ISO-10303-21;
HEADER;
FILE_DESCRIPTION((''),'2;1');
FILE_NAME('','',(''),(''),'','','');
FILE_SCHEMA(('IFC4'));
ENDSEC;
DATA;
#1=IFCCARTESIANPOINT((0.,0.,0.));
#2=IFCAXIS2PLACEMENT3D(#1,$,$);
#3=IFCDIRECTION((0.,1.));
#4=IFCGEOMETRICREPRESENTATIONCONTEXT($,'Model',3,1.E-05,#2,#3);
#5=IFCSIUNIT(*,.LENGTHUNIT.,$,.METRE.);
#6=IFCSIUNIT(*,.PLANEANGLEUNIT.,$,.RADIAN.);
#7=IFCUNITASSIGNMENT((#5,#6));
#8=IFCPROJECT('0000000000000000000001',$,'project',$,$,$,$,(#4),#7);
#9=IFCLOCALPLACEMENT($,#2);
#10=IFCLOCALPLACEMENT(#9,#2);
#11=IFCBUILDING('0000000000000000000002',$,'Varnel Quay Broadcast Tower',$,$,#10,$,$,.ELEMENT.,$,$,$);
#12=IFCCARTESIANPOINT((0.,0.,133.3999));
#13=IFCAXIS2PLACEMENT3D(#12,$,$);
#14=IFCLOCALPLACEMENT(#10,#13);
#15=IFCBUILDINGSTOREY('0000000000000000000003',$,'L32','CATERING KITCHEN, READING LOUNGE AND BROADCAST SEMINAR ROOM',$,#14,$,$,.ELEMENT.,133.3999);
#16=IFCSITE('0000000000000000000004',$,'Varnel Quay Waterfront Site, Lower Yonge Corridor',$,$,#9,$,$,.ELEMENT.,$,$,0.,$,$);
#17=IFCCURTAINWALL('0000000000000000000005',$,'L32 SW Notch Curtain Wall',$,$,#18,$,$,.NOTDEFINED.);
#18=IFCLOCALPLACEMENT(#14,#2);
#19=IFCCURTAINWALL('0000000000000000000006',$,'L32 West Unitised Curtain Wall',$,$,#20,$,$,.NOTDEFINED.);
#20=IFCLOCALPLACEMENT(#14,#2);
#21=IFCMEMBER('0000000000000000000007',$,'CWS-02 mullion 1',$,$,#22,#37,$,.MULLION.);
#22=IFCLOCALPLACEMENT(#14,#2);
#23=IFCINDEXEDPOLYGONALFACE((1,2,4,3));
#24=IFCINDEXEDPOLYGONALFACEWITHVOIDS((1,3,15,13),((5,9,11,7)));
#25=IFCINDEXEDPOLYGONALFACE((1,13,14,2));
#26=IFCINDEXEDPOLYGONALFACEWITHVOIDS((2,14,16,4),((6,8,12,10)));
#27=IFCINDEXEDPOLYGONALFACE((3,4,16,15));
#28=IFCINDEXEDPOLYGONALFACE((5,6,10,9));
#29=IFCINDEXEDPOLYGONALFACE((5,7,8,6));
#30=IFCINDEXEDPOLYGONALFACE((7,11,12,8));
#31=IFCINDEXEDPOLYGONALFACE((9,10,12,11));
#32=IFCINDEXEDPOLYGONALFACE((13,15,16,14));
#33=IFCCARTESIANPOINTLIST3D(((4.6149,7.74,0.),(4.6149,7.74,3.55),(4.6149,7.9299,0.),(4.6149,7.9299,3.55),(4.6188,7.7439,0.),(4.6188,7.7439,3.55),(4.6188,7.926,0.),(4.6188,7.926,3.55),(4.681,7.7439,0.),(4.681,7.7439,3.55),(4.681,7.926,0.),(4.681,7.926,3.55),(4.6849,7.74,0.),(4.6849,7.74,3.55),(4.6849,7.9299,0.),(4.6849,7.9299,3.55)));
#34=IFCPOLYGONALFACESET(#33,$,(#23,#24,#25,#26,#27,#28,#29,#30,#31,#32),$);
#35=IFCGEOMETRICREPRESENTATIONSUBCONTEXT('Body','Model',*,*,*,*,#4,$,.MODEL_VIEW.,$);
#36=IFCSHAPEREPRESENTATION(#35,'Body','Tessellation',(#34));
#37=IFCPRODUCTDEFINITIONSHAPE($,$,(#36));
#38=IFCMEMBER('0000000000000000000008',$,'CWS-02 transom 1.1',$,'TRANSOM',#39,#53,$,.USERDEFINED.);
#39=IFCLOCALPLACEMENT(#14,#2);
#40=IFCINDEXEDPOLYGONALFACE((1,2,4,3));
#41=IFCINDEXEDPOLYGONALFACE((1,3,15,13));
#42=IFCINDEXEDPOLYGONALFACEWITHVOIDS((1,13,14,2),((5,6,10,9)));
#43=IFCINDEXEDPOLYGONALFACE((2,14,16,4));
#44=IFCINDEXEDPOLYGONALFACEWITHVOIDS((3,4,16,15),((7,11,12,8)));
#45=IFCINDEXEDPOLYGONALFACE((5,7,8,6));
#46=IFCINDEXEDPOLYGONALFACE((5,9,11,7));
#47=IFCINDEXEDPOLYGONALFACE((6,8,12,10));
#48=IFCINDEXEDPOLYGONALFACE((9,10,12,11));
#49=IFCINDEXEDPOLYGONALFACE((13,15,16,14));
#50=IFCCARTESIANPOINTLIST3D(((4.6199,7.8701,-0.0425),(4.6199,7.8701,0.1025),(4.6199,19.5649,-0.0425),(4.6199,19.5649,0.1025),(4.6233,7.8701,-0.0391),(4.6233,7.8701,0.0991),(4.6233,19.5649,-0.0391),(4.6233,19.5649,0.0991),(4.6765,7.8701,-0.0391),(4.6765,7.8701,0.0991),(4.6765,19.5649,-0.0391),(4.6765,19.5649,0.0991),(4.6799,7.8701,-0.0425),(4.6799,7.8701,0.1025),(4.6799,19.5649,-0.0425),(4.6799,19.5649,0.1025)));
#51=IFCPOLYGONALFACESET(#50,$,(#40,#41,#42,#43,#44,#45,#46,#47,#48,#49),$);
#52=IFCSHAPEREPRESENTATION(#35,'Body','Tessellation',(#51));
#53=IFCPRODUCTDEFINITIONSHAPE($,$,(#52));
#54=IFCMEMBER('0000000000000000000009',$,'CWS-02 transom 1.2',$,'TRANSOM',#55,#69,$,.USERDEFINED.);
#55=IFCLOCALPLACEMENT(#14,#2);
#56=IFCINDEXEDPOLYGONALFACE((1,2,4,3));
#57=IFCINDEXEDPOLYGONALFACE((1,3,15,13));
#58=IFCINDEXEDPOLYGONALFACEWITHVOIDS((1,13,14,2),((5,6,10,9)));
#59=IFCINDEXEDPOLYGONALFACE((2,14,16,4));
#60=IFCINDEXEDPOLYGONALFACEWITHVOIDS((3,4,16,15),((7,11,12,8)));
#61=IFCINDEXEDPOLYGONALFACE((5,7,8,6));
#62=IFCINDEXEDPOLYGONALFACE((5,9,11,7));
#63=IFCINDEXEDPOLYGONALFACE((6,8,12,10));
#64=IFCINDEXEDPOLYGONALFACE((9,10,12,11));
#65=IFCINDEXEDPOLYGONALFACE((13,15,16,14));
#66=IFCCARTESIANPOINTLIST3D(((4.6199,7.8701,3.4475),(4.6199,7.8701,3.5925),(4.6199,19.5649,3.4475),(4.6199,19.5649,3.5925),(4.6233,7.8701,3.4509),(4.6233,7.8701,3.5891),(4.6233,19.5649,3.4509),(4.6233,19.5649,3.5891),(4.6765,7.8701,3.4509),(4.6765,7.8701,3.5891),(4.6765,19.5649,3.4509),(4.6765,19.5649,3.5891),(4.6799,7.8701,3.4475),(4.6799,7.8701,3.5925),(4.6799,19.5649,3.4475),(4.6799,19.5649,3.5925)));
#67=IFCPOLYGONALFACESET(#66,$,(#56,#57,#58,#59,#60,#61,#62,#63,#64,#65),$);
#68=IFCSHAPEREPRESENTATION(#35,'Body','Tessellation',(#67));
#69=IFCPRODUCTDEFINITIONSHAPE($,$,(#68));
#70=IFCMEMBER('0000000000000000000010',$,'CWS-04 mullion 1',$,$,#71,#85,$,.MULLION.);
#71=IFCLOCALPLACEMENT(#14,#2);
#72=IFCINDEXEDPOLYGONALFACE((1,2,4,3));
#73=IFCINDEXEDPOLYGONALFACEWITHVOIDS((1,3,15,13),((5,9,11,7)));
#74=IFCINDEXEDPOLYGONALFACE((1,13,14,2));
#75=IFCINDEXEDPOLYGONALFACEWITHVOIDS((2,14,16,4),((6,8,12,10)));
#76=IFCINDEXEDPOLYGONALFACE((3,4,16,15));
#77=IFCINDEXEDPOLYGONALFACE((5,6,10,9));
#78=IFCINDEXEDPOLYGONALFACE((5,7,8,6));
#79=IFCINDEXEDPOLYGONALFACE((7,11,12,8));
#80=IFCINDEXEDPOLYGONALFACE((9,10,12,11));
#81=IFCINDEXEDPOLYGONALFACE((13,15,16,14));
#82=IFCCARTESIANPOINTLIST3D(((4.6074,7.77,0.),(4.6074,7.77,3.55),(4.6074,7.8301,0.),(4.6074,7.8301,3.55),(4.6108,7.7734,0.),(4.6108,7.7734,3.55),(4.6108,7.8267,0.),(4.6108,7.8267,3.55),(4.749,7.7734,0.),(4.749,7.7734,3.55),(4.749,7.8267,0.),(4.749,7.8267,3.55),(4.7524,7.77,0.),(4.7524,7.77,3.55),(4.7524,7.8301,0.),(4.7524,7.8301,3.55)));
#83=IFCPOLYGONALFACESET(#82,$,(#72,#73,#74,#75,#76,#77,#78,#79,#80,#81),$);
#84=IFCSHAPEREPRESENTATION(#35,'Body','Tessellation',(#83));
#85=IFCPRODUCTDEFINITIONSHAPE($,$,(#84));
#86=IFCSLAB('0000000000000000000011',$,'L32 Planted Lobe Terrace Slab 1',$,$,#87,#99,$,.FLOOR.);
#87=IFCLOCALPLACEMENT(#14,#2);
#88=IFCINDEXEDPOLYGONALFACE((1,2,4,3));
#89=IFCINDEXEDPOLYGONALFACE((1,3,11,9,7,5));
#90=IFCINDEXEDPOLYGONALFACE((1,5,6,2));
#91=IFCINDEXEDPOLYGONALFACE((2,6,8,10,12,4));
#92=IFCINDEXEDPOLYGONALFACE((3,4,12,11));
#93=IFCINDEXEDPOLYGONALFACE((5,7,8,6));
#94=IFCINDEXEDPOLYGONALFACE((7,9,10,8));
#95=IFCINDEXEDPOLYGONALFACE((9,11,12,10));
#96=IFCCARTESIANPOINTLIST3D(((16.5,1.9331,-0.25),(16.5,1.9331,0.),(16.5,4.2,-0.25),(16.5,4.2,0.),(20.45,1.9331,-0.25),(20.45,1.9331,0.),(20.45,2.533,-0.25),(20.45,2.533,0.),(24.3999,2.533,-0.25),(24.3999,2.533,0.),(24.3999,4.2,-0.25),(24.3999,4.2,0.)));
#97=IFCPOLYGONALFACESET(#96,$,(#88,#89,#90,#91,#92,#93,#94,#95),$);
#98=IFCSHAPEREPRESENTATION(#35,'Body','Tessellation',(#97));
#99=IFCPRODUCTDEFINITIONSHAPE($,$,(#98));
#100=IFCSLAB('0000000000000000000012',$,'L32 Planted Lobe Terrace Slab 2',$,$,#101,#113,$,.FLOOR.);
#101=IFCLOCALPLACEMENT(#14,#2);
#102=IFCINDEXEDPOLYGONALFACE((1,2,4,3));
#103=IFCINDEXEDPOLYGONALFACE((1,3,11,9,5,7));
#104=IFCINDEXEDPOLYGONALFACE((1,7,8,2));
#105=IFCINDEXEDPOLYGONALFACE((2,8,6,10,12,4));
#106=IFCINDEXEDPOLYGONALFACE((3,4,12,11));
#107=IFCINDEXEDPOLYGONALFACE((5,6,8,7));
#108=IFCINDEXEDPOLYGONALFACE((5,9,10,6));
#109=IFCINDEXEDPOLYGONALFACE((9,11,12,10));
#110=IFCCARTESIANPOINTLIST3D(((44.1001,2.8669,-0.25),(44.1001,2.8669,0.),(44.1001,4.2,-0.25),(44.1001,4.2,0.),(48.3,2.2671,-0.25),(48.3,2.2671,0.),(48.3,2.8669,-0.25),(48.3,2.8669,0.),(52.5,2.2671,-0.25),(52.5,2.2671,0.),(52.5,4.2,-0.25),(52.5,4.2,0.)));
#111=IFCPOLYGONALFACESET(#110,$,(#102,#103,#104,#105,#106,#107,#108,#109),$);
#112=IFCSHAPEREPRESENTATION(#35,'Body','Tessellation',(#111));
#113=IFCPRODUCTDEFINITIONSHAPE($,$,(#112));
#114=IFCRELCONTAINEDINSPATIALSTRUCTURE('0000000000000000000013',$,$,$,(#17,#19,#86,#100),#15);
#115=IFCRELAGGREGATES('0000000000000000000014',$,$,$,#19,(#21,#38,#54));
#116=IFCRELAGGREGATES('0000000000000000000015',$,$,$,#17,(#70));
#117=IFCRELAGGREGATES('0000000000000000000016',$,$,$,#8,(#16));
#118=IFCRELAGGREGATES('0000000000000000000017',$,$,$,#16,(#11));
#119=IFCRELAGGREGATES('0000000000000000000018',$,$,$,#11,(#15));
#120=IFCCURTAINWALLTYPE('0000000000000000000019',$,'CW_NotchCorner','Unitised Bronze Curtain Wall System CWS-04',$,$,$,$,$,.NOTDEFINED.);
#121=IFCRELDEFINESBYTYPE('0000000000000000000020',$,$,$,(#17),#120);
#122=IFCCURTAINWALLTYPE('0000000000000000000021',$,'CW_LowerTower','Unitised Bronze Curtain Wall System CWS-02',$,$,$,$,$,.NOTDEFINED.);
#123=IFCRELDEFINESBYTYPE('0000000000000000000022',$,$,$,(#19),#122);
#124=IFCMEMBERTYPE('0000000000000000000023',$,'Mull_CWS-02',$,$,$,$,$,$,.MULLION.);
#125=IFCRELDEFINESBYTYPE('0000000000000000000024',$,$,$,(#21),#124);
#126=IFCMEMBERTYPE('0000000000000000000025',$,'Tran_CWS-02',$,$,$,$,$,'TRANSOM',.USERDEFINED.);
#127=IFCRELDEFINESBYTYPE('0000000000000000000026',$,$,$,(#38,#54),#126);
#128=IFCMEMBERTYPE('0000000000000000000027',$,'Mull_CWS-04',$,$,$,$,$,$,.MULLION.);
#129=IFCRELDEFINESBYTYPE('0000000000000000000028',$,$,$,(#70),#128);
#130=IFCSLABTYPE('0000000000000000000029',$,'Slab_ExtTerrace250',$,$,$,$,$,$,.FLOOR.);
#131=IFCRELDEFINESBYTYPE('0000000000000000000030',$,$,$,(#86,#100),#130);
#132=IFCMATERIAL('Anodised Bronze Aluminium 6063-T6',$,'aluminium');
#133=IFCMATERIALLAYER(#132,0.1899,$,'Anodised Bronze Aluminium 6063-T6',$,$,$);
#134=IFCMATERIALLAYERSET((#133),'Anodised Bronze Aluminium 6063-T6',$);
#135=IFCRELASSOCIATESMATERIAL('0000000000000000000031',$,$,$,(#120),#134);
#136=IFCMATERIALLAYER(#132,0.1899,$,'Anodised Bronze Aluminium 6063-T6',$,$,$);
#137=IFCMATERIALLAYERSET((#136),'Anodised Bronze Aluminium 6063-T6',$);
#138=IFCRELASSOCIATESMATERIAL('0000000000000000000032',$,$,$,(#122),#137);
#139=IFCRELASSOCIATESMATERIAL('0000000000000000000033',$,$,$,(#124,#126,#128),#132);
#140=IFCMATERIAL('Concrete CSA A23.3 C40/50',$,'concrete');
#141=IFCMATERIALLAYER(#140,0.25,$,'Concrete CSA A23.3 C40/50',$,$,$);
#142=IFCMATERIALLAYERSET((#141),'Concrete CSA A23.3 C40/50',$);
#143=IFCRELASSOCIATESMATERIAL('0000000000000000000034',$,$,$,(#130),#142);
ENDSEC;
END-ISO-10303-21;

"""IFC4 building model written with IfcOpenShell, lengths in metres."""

from ifc_helpers import new_model, si_unit, direction, frame, origin, origin_2d, place, context, subcontext, project, spatial, polyline, hollow_rectangle, outline, extrude, source, transform, mapped, material, layer, layer_set, material_profile, profile_set, type_object, type_shapes, element, aggregate, save


model = new_model("IFC4")

# Units and contexts
model_context = context("Model", 3, precision=1e-05, world=origin(), true_north=direction((0.0, 1.0)))
body_context = subcontext(model_context, "Body", "Model", "MODEL_VIEW")
ifc_project = project(units=[si_unit("LENGTHUNIT", "METRE"), si_unit("PLANEANGLEUNIT", "RADIAN")], contexts=[model_context])

# Site, building, storey
site_placement = place(None, origin())
site = spatial("IfcSite", under=ifc_project, at=site_placement, Name="Varnel Quay Waterfront Site, Lower Yonge Corridor", CompositionType="ELEMENT", RefElevation=0.0)
building_placement = place(site_placement, origin())
building = spatial("IfcBuilding", under=site, at=building_placement, Name="Varnel Quay Broadcast Tower", CompositionType="ELEMENT")
storey_placement = place(building_placement, frame((0.0, 0.0, 133.3999)))
storey = spatial("IfcBuildingStorey", under=building, at=storey_placement, Name="L32", Description="CATERING KITCHEN, READING LOUNGE AND BROADCAST SEMINAR ROOM", CompositionType="ELEMENT", Elevation=133.3999)

# Curtain walls, members
ifc_material_1 = material(Name="Anodised Bronze Aluminium 6063-T6", Category="aluminium")
ifc_layer_1 = layer(ifc_material_1, 0.1899, Name="Anodised Bronze Aluminium 6063-T6")
ifc_layer_set_1 = layer_set([ifc_layer_1], Name="Anodised Bronze Aluminium 6063-T6")
curtain_wall_type_1 = type_object("IfcCurtainWallType", Name="CW_NotchCorner", Description="Unitised Bronze Curtain Wall System CWS-04", PredefinedType="NOTDEFINED", material=ifc_layer_set_1)
curtain_wall_1_placement = place(storey_placement, origin())
curtain_wall_1 = element("IfcCurtainWall", 1, at=curtain_wall_1_placement, inside=storey, type_object=curtain_wall_type_1, Name="L32 SW Notch Curtain Wall", PredefinedType="NOTDEFINED")
ifc_layer_2 = layer(ifc_material_1, 0.1899, Name="Anodised Bronze Aluminium 6063-T6")
ifc_layer_set_2 = layer_set([ifc_layer_2], Name="Anodised Bronze Aluminium 6063-T6")
curtain_wall_type_2 = type_object("IfcCurtainWallType", Name="CW_LowerTower", Description="Unitised Bronze Curtain Wall System CWS-02", PredefinedType="NOTDEFINED", material=ifc_layer_set_2)
curtain_wall_2_placement = place(storey_placement, origin())
curtain_wall_2 = element("IfcCurtainWall", 2, at=curtain_wall_2_placement, inside=storey, type_object=curtain_wall_type_2, Name="L32 West Unitised Curtain Wall", PredefinedType="NOTDEFINED")
ifc_material_profile_1 = material_profile(ifc_material_1, hollow_rectangle(XDim=0.0701, YDim=0.1899, WallThickness=0.0039, at=origin_2d()), Name="ALU70X190X4")
ifc_profile_set_1 = profile_set([ifc_material_profile_1], Name="Anodised Bronze Aluminium 6063-T6")
member_type_1 = type_object("IfcMemberType", Name="Mull_CWS-02", PredefinedType="MULLION", material=ifc_profile_set_1)
shared_shape_1 = source(origin(), body_context, "Body", "SweptSolid", [
    extrude(hollow_rectangle(XDim=0.0701, YDim=0.1899, WallThickness=0.0039, at=origin_2d()), origin(), (0.0, 0.0, 1.0), 3.55),
])
type_shapes(member_type_1, [shared_shape_1])
member_1_placement = place(storey_placement, frame((4.6499, 7.835, 0.0), z_axis=(0.0, 0.0, 1.0), x_axis=(-1.0, 0.0, 0.0)))
member_1 = element("IfcMember", 3, at=member_1_placement, type_object=member_type_1, Name="CWS-02 mullion 1", PredefinedType="MULLION", context=body_context, shape_type="MappedRepresentation", body=[
    mapped(shared_shape_1, transform((0.0, 0.0, 0.0), x_axis=(1.0, 0.0, 0.0), y_axis=(0.0, 1.0, 0.0), z_axis=(0.0, 0.0, 1.0), scale=1.0)),
])
ifc_material_profile_2 = material_profile(ifc_material_1, hollow_rectangle(XDim=0.0601, YDim=0.145, WallThickness=0.0034, at=origin_2d()), Name="ALU60X145X3.5")
ifc_profile_set_2 = profile_set([ifc_material_profile_2], Name="Anodised Bronze Aluminium 6063-T6")
member_type_2 = type_object("IfcMemberType", Name="Tran_CWS-02", ElementType="TRANSOM", PredefinedType="USERDEFINED", material=ifc_profile_set_2)
shared_shape_2 = source(origin(), body_context, "Body", "SweptSolid", [
    extrude(hollow_rectangle(XDim=0.0601, YDim=0.145, WallThickness=0.0034, at=origin_2d()), origin(), (0.0, 0.0, 1.0), 11.6948),
])
type_shapes(member_type_2, [shared_shape_2])
member_2_placement = place(storey_placement, frame((4.6499, 7.8701, 0.03), z_axis=(0.0, 1.0, 0.0), x_axis=(-1.0, 0.0, 0.0)))
member_2 = element("IfcMember", 4, at=member_2_placement, type_object=member_type_2, Name="CWS-02 transom 1.1", ObjectType="TRANSOM", PredefinedType="USERDEFINED", context=body_context, shape_type="MappedRepresentation", body=[
    mapped(shared_shape_2, transform((0.0, 0.0, 0.0), x_axis=(1.0, 0.0, 0.0), y_axis=(0.0, 1.0, 0.0), z_axis=(0.0, 0.0, 1.0), scale=1.0)),
])
member_3_placement = place(storey_placement, frame((4.6499, 7.8701, 3.52), z_axis=(0.0, 1.0, 0.0), x_axis=(-1.0, 0.0, 0.0)))
member_3 = element("IfcMember", 5, at=member_3_placement, type_object=member_type_2, Name="CWS-02 transom 1.2", ObjectType="TRANSOM", PredefinedType="USERDEFINED", context=body_context, shape_type="MappedRepresentation", body=[
    mapped(shared_shape_2, transform((0.0, 0.0, 0.0), x_axis=(1.0, 0.0, 0.0), y_axis=(0.0, 1.0, 0.0), z_axis=(0.0, 0.0, 1.0), scale=1.0)),
])

# Member
ifc_material_profile_3 = material_profile(ifc_material_1, hollow_rectangle(XDim=0.0601, YDim=0.145, WallThickness=0.0034, at=origin_2d()), Name="ALU60X145X3.5")
ifc_profile_set_3 = profile_set([ifc_material_profile_3], Name="Anodised Bronze Aluminium 6063-T6")
member_type_3 = type_object("IfcMemberType", Name="Mull_CWS-04", PredefinedType="MULLION", material=ifc_profile_set_3)
shared_shape_3 = source(origin(), body_context, "Body", "SweptSolid", [
    extrude(hollow_rectangle(XDim=0.0601, YDim=0.145, WallThickness=0.0034, at=origin_2d()), origin(), (0.0, 0.0, 1.0), 3.55),
])
type_shapes(member_type_3, [shared_shape_3])
member_4_placement = place(storey_placement, frame((4.6799, 7.8, 0.0), z_axis=(0.0, 0.0, 1.0), x_axis=(0.0, 1.0, 0.0)))
member_4 = element("IfcMember", 6, at=member_4_placement, type_object=member_type_3, Name="CWS-04 mullion 1", PredefinedType="MULLION", context=body_context, shape_type="MappedRepresentation", body=[
    mapped(shared_shape_3, transform((0.0, 0.0, 0.0), x_axis=(1.0, 0.0, 0.0), y_axis=(0.0, 1.0, 0.0), z_axis=(0.0, 0.0, 1.0), scale=1.0)),
])

# Slabs
ifc_material_2 = material(Name="Concrete CSA A23.3 C40/50", Category="concrete")
ifc_layer_3 = layer(ifc_material_2, 0.25, Name="Concrete CSA A23.3 C40/50")
ifc_layer_set_3 = layer_set([ifc_layer_3], Name="Concrete CSA A23.3 C40/50")
slab_type_1 = type_object("IfcSlabType", Name="Slab_ExtTerrace250", PredefinedType="FLOOR", material=ifc_layer_set_3)
slab_1_placement = place(storey_placement, frame((0.0, 0.0, -0.25)))
element("IfcSlab", 7, at=slab_1_placement, inside=storey, type_object=slab_type_1, Name="L32 Planted Lobe Terrace Slab 1", PredefinedType="FLOOR", context=body_context, shape_type="SweptSolid", body=[
    extrude(outline(polyline([(16.5, 1.9331), (20.45, 1.9331), (20.45, 2.533), (24.3999, 2.533), (24.3999, 4.2), (16.5, 4.2), (16.5, 1.9331)])), origin(), (0.0, 0.0, 1.0), 0.25),
])
slab_2_placement = place(storey_placement, frame((0.0, 0.0, -0.25)))
element("IfcSlab", 8, at=slab_2_placement, inside=storey, type_object=slab_type_1, Name="L32 Planted Lobe Terrace Slab 2", PredefinedType="FLOOR", context=body_context, shape_type="SweptSolid", body=[
    extrude(outline(polyline([(44.1001, 2.8669), (48.3, 2.8669), (48.3, 2.2671), (52.5, 2.2671), (52.5, 4.2), (44.1001, 4.2), (44.1001, 2.8669)])), origin(), (0.0, 0.0, 1.0), 0.25),
])

aggregate(curtain_wall_2, [member_1, member_2, member_3])
aggregate(curtain_wall_1, [member_4])

save(model, "model.ifc")
